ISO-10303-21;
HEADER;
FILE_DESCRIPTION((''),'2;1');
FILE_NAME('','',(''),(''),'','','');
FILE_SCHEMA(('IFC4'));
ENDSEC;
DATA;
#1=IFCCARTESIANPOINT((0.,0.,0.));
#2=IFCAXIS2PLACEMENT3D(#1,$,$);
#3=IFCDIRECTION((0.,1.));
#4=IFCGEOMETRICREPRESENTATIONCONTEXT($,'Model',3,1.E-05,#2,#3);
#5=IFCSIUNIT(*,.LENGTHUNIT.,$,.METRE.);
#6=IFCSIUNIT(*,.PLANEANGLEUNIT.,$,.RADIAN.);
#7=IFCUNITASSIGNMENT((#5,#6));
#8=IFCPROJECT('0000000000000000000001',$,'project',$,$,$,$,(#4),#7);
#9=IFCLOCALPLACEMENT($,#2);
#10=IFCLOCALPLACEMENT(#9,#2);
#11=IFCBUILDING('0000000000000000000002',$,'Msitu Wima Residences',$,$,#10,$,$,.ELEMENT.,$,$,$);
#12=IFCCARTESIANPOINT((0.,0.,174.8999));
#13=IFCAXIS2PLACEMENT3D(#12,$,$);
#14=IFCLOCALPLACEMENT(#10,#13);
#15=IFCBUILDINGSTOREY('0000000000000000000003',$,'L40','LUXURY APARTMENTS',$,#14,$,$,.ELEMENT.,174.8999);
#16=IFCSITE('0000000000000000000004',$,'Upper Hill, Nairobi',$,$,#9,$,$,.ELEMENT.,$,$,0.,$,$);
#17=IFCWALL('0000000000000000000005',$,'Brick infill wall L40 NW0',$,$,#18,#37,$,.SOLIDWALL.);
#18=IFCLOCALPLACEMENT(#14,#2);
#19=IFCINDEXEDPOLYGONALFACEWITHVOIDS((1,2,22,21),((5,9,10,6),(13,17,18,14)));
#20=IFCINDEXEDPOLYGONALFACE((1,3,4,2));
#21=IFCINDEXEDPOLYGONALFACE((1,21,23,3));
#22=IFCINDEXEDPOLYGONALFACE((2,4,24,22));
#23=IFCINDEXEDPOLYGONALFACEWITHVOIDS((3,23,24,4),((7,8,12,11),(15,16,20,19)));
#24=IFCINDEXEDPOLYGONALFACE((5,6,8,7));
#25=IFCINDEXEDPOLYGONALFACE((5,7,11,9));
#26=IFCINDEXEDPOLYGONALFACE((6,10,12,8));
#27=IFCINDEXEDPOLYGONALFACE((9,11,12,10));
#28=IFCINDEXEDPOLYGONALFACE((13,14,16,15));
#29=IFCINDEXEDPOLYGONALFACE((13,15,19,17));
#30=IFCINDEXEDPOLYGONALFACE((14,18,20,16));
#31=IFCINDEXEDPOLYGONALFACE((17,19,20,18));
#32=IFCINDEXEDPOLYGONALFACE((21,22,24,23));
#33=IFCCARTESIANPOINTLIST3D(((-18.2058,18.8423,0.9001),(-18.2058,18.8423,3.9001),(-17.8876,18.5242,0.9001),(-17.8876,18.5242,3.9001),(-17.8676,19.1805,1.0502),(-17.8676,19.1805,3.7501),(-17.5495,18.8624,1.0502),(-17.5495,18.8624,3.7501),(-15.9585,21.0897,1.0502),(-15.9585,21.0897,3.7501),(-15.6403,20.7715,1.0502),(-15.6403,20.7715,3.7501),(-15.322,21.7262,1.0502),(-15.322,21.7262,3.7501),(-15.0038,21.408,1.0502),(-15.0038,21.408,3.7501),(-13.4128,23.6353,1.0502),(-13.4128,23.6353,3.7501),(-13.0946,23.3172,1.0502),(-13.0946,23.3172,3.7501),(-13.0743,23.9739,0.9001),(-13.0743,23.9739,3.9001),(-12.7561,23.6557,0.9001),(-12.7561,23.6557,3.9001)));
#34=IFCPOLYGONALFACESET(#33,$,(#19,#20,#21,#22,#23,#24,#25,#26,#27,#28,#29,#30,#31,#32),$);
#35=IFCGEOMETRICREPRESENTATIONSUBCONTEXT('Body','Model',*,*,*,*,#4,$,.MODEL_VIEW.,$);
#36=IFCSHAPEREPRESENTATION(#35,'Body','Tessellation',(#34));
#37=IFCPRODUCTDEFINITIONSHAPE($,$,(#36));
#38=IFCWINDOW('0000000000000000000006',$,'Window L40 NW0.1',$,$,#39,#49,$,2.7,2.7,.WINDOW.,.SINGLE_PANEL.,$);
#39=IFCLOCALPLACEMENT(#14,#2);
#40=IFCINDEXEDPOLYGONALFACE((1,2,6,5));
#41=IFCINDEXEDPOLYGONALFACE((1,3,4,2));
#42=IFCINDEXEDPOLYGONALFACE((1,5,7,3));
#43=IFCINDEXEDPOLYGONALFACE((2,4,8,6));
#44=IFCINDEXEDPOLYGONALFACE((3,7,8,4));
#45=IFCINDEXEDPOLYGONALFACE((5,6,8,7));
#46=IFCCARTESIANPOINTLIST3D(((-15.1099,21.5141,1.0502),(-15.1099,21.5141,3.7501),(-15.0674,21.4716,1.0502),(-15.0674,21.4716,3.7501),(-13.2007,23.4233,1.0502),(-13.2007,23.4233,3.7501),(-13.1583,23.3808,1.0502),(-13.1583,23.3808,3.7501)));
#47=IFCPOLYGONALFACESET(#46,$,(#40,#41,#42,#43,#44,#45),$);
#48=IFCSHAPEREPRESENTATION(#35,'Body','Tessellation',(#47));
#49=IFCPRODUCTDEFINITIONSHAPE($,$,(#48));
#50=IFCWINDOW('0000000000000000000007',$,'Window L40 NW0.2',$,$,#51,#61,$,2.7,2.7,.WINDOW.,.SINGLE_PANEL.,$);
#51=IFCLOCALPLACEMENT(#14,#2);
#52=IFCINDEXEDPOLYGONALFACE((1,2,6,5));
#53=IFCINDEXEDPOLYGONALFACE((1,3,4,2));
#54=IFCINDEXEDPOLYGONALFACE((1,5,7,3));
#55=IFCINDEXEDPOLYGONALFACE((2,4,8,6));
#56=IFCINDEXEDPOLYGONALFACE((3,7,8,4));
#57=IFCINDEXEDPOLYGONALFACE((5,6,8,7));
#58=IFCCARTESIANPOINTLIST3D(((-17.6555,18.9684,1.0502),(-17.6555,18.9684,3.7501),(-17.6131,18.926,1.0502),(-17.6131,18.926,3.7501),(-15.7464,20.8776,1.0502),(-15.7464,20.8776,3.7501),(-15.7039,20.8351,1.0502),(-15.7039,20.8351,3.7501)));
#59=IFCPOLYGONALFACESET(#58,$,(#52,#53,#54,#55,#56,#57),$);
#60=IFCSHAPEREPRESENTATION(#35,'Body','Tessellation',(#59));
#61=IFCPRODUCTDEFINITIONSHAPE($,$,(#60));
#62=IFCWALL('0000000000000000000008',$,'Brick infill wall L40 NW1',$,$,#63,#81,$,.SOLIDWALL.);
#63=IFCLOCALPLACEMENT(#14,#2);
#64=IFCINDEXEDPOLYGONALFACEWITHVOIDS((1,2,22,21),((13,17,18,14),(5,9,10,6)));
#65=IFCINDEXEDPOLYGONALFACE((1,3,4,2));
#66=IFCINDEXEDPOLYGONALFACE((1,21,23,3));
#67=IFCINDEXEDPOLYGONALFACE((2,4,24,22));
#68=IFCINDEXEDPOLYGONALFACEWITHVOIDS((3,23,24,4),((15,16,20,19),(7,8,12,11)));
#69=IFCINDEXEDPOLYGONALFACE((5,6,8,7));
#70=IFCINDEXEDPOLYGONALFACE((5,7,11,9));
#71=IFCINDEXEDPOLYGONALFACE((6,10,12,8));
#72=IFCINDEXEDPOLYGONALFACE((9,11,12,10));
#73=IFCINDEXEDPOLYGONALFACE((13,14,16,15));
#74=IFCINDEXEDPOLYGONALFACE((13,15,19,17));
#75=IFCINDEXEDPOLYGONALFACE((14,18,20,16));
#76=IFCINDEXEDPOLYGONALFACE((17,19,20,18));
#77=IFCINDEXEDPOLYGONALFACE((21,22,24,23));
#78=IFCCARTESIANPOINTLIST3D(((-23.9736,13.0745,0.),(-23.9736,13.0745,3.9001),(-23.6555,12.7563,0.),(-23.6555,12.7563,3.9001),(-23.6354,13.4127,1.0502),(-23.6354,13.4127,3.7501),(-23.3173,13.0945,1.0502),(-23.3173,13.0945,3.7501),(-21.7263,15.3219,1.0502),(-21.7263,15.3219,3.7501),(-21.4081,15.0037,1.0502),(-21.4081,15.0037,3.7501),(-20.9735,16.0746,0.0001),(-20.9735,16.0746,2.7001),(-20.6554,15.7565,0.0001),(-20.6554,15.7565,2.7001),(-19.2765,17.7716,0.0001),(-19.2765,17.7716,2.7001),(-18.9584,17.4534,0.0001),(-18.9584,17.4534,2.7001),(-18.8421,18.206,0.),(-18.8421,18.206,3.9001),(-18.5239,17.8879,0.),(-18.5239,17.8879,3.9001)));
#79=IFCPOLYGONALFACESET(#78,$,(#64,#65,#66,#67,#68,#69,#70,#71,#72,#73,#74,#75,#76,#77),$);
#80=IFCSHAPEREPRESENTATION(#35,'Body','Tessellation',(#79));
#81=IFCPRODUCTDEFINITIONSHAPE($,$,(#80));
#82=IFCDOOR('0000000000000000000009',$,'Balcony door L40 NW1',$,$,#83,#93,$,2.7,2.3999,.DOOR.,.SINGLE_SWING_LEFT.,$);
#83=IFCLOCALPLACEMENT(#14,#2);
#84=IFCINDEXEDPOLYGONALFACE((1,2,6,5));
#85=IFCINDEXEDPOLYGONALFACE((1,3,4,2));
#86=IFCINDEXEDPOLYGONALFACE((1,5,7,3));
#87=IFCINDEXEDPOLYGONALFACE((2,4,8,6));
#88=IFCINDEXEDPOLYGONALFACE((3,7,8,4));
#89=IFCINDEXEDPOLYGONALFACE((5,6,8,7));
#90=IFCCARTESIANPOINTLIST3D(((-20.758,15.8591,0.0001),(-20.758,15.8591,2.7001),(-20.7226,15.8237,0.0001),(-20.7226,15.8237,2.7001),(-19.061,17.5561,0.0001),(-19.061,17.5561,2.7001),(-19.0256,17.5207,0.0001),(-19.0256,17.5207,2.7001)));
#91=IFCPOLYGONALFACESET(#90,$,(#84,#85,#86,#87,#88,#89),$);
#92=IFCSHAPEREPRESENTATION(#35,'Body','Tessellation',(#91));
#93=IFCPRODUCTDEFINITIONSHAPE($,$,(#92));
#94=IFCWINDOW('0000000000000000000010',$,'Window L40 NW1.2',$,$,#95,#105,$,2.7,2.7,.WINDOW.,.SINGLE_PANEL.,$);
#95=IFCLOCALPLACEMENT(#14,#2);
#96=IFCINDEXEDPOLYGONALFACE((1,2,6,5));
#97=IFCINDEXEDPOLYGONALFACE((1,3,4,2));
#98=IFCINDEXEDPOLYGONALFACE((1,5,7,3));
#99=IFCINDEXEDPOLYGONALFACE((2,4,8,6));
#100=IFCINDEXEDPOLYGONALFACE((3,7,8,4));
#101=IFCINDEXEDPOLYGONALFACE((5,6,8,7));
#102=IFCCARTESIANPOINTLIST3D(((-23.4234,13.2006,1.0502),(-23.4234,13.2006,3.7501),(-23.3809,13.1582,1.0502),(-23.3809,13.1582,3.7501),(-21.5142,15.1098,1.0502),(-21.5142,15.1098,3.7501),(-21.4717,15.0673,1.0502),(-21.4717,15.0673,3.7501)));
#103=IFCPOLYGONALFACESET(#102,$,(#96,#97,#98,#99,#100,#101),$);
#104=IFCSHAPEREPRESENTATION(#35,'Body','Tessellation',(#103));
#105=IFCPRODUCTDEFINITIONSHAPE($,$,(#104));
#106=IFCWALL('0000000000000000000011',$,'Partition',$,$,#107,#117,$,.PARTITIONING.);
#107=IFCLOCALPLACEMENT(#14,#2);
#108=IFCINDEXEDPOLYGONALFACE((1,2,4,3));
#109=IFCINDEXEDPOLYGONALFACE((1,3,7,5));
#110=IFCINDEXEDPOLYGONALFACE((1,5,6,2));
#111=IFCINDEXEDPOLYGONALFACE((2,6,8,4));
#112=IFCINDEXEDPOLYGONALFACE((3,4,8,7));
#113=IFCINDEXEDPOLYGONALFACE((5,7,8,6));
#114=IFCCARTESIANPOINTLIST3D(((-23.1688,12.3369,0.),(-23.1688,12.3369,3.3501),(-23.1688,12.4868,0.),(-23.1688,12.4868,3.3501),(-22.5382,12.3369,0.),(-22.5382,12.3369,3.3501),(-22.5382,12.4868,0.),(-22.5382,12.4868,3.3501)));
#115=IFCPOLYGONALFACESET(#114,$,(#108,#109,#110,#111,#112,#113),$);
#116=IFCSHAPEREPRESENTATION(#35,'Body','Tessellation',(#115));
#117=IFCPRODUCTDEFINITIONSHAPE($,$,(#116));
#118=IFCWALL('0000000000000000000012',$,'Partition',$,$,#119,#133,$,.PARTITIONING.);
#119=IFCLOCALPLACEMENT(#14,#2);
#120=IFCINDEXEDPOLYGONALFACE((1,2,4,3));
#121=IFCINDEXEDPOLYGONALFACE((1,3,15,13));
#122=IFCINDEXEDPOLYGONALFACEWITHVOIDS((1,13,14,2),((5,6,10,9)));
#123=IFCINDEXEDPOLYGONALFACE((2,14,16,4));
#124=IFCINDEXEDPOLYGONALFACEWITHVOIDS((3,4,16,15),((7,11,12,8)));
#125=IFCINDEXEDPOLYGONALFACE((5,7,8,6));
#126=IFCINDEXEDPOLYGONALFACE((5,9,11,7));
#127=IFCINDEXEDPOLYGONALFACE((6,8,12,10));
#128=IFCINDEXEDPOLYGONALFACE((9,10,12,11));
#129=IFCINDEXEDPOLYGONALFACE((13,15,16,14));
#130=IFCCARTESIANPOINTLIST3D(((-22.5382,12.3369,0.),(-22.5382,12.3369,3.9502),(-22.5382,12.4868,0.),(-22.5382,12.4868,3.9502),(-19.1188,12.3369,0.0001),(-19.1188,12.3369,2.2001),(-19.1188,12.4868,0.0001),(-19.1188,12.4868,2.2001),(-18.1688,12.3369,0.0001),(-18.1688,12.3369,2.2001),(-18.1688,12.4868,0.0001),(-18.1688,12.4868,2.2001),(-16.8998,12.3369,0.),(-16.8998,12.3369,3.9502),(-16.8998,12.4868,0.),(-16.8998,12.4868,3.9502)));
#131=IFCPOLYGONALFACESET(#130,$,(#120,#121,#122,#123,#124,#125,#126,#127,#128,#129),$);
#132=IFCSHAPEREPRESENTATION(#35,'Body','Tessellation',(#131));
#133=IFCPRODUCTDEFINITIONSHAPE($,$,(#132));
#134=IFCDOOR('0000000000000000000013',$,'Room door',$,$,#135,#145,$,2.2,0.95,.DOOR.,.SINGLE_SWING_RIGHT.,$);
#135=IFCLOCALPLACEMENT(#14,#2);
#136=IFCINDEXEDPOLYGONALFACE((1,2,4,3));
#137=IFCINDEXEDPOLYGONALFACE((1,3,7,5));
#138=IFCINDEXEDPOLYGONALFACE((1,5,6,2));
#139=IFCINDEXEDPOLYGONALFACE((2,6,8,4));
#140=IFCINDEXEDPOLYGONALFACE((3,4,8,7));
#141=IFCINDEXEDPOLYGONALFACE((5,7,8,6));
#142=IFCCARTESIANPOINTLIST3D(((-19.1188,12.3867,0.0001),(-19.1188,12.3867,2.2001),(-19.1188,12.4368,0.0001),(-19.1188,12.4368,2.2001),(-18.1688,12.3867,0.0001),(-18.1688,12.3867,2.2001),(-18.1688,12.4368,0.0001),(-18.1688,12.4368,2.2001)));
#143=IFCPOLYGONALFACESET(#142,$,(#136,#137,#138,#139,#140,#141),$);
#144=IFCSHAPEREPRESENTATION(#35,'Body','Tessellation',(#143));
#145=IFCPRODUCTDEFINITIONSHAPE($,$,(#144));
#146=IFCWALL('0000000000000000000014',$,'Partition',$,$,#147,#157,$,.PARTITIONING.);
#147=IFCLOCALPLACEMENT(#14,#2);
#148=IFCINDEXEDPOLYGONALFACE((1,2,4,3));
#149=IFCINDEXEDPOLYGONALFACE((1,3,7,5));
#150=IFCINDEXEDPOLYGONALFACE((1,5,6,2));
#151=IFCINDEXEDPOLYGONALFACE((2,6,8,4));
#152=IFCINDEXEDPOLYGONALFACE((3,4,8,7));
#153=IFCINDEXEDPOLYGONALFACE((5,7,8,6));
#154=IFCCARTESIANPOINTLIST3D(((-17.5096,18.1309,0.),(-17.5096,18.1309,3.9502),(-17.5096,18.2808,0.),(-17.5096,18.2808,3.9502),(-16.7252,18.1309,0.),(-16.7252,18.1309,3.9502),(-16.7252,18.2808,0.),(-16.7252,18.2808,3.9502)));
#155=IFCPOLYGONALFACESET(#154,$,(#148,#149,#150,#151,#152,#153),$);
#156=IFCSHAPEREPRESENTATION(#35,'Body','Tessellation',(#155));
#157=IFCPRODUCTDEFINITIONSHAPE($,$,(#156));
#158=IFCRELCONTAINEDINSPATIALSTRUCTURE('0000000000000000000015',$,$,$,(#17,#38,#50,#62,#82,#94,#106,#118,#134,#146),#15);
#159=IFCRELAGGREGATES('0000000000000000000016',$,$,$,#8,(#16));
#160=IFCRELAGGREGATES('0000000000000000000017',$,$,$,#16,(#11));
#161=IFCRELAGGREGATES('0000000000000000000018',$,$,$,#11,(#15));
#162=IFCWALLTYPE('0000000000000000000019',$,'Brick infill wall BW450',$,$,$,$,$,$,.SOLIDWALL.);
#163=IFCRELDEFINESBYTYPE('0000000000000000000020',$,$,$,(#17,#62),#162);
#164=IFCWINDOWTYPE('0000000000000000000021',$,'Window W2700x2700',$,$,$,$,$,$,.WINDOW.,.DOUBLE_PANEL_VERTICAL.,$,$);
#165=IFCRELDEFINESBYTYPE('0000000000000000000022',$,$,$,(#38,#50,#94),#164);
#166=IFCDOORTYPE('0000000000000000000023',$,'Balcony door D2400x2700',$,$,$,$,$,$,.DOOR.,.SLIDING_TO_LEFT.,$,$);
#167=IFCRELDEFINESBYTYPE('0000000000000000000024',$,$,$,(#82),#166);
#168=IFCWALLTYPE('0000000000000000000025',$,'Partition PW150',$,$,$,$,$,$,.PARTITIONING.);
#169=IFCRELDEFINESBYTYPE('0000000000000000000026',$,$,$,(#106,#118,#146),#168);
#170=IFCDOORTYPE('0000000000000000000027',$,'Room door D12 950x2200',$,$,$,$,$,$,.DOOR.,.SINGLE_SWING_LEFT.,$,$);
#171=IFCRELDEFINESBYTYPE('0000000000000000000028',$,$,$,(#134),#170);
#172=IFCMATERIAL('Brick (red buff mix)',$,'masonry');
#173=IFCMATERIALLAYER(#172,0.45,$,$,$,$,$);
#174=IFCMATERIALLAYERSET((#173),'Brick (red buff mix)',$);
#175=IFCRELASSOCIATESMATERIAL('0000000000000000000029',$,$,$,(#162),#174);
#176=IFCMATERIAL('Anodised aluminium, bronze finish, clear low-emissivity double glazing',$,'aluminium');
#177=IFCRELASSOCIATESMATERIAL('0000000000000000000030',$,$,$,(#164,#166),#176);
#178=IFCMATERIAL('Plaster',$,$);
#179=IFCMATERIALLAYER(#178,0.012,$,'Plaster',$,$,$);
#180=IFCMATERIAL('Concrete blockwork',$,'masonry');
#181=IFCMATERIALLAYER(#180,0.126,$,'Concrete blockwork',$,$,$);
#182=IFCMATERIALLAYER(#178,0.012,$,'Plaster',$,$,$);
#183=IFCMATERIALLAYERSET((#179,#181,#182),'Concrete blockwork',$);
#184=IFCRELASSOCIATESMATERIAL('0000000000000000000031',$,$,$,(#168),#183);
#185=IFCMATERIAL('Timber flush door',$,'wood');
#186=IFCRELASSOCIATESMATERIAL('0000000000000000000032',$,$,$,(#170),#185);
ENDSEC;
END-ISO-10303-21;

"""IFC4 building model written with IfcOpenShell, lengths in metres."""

from ifc_helpers import new_model, si_unit, direction, frame, frame_2d, origin, place, context, subcontext, project, spatial, rectangle, extrude, material, layer, layer_set, type_object, element, fill, save


model = new_model("IFC4")

# Units and contexts
model_context = context("Model", 3, precision=1e-05, world=origin(), true_north=direction((0.0, 1.0)))
body_context = subcontext(model_context, "Body", "Model", "MODEL_VIEW")
ifc_project = project(units=[si_unit("LENGTHUNIT", "METRE"), si_unit("PLANEANGLEUNIT", "RADIAN")], contexts=[model_context])

# Site, building, storey
site_placement = place(None, origin())
site = spatial("IfcSite", under=ifc_project, at=site_placement, Name="Upper Hill, Nairobi", CompositionType="ELEMENT", RefElevation=0.0)
building_placement = place(site_placement, origin())
building = spatial("IfcBuilding", under=site, at=building_placement, Name="Msitu Wima Residences", CompositionType="ELEMENT")
storey_placement = place(building_placement, frame((0.0, 0.0, 174.8999)))
storey = spatial("IfcBuildingStorey", under=building, at=storey_placement, Name="L40", Description="LUXURY APARTMENTS", CompositionType="ELEMENT", Elevation=174.8999)

# Wall, openings, windows
ifc_material_1 = material(Name="Brick (red buff mix)", Category="masonry")
ifc_layer_1 = layer(ifc_material_1, 0.45)
ifc_layer_set_1 = layer_set([ifc_layer_1], Name="Brick (red buff mix)")
wall_type_1 = type_object("IfcWallType", Name="Brick infill wall BW450", PredefinedType="SOLIDWALL", material=ifc_layer_set_1)
wall_1_placement = place(storey_placement, frame((-12.9153, 23.8147, 0.9001), z_axis=(0.0, 0.0, 1.0), x_axis=(-0.707107, -0.707107, 0.0)))
wall_1 = element("IfcWall", 1, at=wall_1_placement, inside=storey, type_object=wall_type_1, Name="Brick infill wall L40 NW0", PredefinedType="SOLIDWALL", context=body_context, shape_type="SweptSolid", body=[
    extrude(rectangle(XDim=7.2571, YDim=0.45, at=frame_2d((3.6284, 0.0))), origin(), (0.0, 0.0, 1.0), 3.0),
])
opening_1_placement = place(wall_1_placement, frame((0.4785, 0.0, 0.1499)))
opening_1 = element("IfcOpeningElement", 2, at=opening_1_placement, cuts=wall_1, PredefinedType="OPENING", context=body_context, shape_type="SweptSolid", body=[
    extrude(rectangle(XDim=2.7, YDim=2.7, at=frame_2d((1.3501, 1.3501))), frame((0.0, 0.2349, 0.0), z_axis=(0.0, -1.0, 0.0), x_axis=(1.0, 0.0, 0.0)), (0.0, 0.0, 1.0), 0.47),
])
opening_2_placement = place(wall_1_placement, frame((4.0786, 0.0, 0.1499)))
opening_2 = element("IfcOpeningElement", 3, at=opening_2_placement, cuts=wall_1, PredefinedType="OPENING", context=body_context, shape_type="SweptSolid", body=[
    extrude(rectangle(XDim=2.7, YDim=2.7, at=frame_2d((1.3501, 1.3501))), frame((0.0, 0.2349, 0.0), z_axis=(0.0, -1.0, 0.0), x_axis=(1.0, 0.0, 0.0)), (0.0, 0.0, 1.0), 0.47),
])
ifc_material_2 = material(Name="Anodised aluminium, bronze finish, clear low-emissivity double glazing", Category="aluminium")
window_type = type_object("IfcWindowType", Name="Window W2700x2700", PartitioningType="DOUBLE_PANEL_VERTICAL", PredefinedType="WINDOW", material=ifc_material_2)
window_1_placement = place(opening_1_placement, origin())
window_1 = element("IfcWindow", 4, at=window_1_placement, inside=storey, type_object=window_type, Name="Window L40 NW0.1", OverallHeight=2.7, OverallWidth=2.7, PartitioningType="SINGLE_PANEL", PredefinedType="WINDOW", context=body_context, shape_type="SweptSolid", body=[
    extrude(rectangle(XDim=2.7, YDim=2.7, at=frame_2d((1.3501, 1.3501))), frame((0.0, 0.135, 0.0), z_axis=(0.0, -1.0, 0.0), x_axis=(1.0, 0.0, 0.0)), (0.0, 0.0, 1.0), 0.0601),
])
fill(opening_1, window_1)
window_2_placement = place(opening_2_placement, origin())
window_2 = element("IfcWindow", 5, at=window_2_placement, inside=storey, type_object=window_type, Name="Window L40 NW0.2", OverallHeight=2.7, OverallWidth=2.7, PartitioningType="SINGLE_PANEL", PredefinedType="WINDOW", context=body_context, shape_type="SweptSolid", body=[
    extrude(rectangle(XDim=2.7, YDim=2.7, at=frame_2d((1.3501, 1.3501))), frame((0.0, 0.135, 0.0), z_axis=(0.0, -1.0, 0.0), x_axis=(1.0, 0.0, 0.0)), (0.0, 0.0, 1.0), 0.0601),
])
fill(opening_2, window_2)

# Wall, openings, door, window
wall_2_placement = place(storey_placement, frame((-18.6831, 18.0469, 0.0), z_axis=(0.0, 0.0, 1.0), x_axis=(-0.707107, -0.707107, 0.0)))
wall_2 = element("IfcWall", 6, at=wall_2_placement, inside=storey, type_object=wall_type_1, Name="Brick infill wall L40 NW1", PredefinedType="SOLIDWALL", context=body_context, shape_type="SweptSolid", body=[
    extrude(rectangle(XDim=7.2571, YDim=0.45, at=frame_2d((3.6284, 0.0))), origin(), (0.0, 0.0, 1.0), 3.9001),
])
opening_3_placement = place(wall_2_placement, frame((0.6143, 0.0, 0.0)))
opening_3 = element("IfcOpeningElement", 7, at=opening_3_placement, cuts=wall_2, PredefinedType="OPENING", context=body_context, shape_type="SweptSolid", body=[
    extrude(rectangle(XDim=2.3999, YDim=2.7, at=frame_2d((1.2, 1.3501))), frame((0.0, 0.2349, 0.0), z_axis=(0.0, -1.0, 0.0), x_axis=(1.0, 0.0, 0.0)), (0.0, 0.0, 1.0), 0.47),
])
opening_4_placement = place(wall_2_placement, frame((4.0786, 0.0, 1.05)))
opening_4 = element("IfcOpeningElement", 8, at=opening_4_placement, cuts=wall_2, PredefinedType="OPENING", context=body_context, shape_type="SweptSolid", body=[
    extrude(rectangle(XDim=2.7, YDim=2.7, at=frame_2d((1.3501, 1.3501))), frame((0.0, 0.2349, 0.0), z_axis=(0.0, -1.0, 0.0), x_axis=(1.0, 0.0, 0.0)), (0.0, 0.0, 1.0), 0.47),
])
door_type_1 = type_object("IfcDoorType", Name="Balcony door D2400x2700", OperationType="SLIDING_TO_LEFT", PredefinedType="DOOR", material=ifc_material_2)
door_1_placement = place(opening_3_placement, origin())
door_1 = element("IfcDoor", 9, at=door_1_placement, inside=storey, type_object=door_type_1, Name="Balcony door L40 NW1", OperationType="SINGLE_SWING_LEFT", OverallHeight=2.7, OverallWidth=2.3999, PredefinedType="DOOR", context=body_context, shape_type="SweptSolid", body=[
    extrude(rectangle(XDim=2.3999, YDim=2.7, at=frame_2d((1.2, 1.3501))), frame((0.0, 0.1299, 0.0), z_axis=(0.0, -1.0, 0.0), x_axis=(1.0, 0.0, 0.0)), (0.0, 0.0, 1.0), 0.05),
])
fill(opening_3, door_1)
window_3_placement = place(opening_4_placement, origin())
window_3 = element("IfcWindow", 10, at=window_3_placement, inside=storey, type_object=window_type, Name="Window L40 NW1.2", OverallHeight=2.7, OverallWidth=2.7, PartitioningType="SINGLE_PANEL", PredefinedType="WINDOW", context=body_context, shape_type="SweptSolid", body=[
    extrude(rectangle(XDim=2.7, YDim=2.7, at=frame_2d((1.3501, 1.3501))), frame((0.0, 0.135, 0.0), z_axis=(0.0, -1.0, 0.0), x_axis=(1.0, 0.0, 0.0)), (0.0, 0.0, 1.0), 0.0601),
])
fill(opening_4, window_3)

# Shared definitions
ifc_material_3 = material(Name="Plaster")
ifc_material_4 = material(Name="Concrete blockwork", Category="masonry")

# Wall
ifc_layer_2 = layer(ifc_material_3, 0.012, Name="Plaster")
ifc_layer_3 = layer(ifc_material_4, 0.126, Name="Concrete blockwork")
ifc_layer_4 = layer(ifc_material_3, 0.012, Name="Plaster")
ifc_layer_set_2 = layer_set([ifc_layer_2, ifc_layer_3, ifc_layer_4], Name="Concrete blockwork")
wall_type_2 = type_object("IfcWallType", Name="Partition PW150", PredefinedType="PARTITIONING", material=ifc_layer_set_2)
wall_3_placement = place(storey_placement, frame((-23.1689, 12.4119, 0.0), z_axis=(0.0, 0.0, 1.0), x_axis=(1.0, 0.0, 0.0)))
element("IfcWall", 11, at=wall_3_placement, inside=storey, type_object=wall_type_2, Name="Partition", PredefinedType="PARTITIONING", context=body_context, shape_type="SweptSolid", body=[
    extrude(rectangle(XDim=0.6306, YDim=0.1499, at=frame_2d((0.3154, 0.0))), origin(), (0.0, 0.0, 1.0), 3.3501),
])

# Wall, opening, door
wall_4_placement = place(storey_placement, frame((-22.5383, 12.4119, 0.0), z_axis=(0.0, 0.0, 1.0), x_axis=(1.0, 0.0, 0.0)))
wall_4 = element("IfcWall", 12, at=wall_4_placement, inside=storey, type_object=wall_type_2, Name="Partition", PredefinedType="PARTITIONING", context=body_context, shape_type="SweptSolid", body=[
    extrude(rectangle(XDim=5.6384, YDim=0.1499, at=frame_2d((2.8193, 0.0))), origin(), (0.0, 0.0, 1.0), 3.9502),
])
opening_5_placement = place(wall_4_placement, frame((3.4194, 0.0, 0.0)))
opening_5 = element("IfcOpeningElement", 13, at=opening_5_placement, cuts=wall_4, PredefinedType="OPENING", context=body_context, shape_type="SweptSolid", body=[
    extrude(rectangle(XDim=0.95, YDim=2.2, at=frame_2d((0.4751, 1.1001))), frame((0.0, 0.085, 0.0), z_axis=(0.0, -1.0, 0.0), x_axis=(1.0, 0.0, 0.0)), (0.0, 0.0, 1.0), 0.1699),
])
ifc_material_5 = material(Name="Timber flush door", Category="wood")
door_type_2 = type_object("IfcDoorType", Name="Room door D12 950x2200", OperationType="SINGLE_SWING_LEFT", PredefinedType="DOOR", material=ifc_material_5)
door_2_placement = place(opening_5_placement, origin())
door_2 = element("IfcDoor", 14, at=door_2_placement, inside=storey, type_object=door_type_2, Name="Room door", OperationType="SINGLE_SWING_RIGHT", OverallHeight=2.2, OverallWidth=0.95, PredefinedType="DOOR", context=body_context, shape_type="SweptSolid", body=[
    extrude(rectangle(XDim=0.95, YDim=2.2, at=frame_2d((0.4751, 1.1001))), frame((0.0, 0.0249, 0.0), z_axis=(0.0, -1.0, 0.0), x_axis=(1.0, 0.0, 0.0)), (0.0, 0.0, 1.0), 0.05),
])
fill(opening_5, door_2)

# Wall
wall_5_placement = place(storey_placement, frame((-17.5095, 18.2058, 0.0), z_axis=(0.0, 0.0, 1.0), x_axis=(1.0, 0.0, 0.0)))
element("IfcWall", 15, at=wall_5_placement, inside=storey, type_object=wall_type_2, Name="Partition", PredefinedType="PARTITIONING", context=body_context, shape_type="SweptSolid", body=[
    extrude(rectangle(XDim=0.7844, YDim=0.1499, at=frame_2d((0.3921, 0.0))), origin(), (0.0, 0.0, 1.0), 3.9502),
])

save(model, "model.ifc")
